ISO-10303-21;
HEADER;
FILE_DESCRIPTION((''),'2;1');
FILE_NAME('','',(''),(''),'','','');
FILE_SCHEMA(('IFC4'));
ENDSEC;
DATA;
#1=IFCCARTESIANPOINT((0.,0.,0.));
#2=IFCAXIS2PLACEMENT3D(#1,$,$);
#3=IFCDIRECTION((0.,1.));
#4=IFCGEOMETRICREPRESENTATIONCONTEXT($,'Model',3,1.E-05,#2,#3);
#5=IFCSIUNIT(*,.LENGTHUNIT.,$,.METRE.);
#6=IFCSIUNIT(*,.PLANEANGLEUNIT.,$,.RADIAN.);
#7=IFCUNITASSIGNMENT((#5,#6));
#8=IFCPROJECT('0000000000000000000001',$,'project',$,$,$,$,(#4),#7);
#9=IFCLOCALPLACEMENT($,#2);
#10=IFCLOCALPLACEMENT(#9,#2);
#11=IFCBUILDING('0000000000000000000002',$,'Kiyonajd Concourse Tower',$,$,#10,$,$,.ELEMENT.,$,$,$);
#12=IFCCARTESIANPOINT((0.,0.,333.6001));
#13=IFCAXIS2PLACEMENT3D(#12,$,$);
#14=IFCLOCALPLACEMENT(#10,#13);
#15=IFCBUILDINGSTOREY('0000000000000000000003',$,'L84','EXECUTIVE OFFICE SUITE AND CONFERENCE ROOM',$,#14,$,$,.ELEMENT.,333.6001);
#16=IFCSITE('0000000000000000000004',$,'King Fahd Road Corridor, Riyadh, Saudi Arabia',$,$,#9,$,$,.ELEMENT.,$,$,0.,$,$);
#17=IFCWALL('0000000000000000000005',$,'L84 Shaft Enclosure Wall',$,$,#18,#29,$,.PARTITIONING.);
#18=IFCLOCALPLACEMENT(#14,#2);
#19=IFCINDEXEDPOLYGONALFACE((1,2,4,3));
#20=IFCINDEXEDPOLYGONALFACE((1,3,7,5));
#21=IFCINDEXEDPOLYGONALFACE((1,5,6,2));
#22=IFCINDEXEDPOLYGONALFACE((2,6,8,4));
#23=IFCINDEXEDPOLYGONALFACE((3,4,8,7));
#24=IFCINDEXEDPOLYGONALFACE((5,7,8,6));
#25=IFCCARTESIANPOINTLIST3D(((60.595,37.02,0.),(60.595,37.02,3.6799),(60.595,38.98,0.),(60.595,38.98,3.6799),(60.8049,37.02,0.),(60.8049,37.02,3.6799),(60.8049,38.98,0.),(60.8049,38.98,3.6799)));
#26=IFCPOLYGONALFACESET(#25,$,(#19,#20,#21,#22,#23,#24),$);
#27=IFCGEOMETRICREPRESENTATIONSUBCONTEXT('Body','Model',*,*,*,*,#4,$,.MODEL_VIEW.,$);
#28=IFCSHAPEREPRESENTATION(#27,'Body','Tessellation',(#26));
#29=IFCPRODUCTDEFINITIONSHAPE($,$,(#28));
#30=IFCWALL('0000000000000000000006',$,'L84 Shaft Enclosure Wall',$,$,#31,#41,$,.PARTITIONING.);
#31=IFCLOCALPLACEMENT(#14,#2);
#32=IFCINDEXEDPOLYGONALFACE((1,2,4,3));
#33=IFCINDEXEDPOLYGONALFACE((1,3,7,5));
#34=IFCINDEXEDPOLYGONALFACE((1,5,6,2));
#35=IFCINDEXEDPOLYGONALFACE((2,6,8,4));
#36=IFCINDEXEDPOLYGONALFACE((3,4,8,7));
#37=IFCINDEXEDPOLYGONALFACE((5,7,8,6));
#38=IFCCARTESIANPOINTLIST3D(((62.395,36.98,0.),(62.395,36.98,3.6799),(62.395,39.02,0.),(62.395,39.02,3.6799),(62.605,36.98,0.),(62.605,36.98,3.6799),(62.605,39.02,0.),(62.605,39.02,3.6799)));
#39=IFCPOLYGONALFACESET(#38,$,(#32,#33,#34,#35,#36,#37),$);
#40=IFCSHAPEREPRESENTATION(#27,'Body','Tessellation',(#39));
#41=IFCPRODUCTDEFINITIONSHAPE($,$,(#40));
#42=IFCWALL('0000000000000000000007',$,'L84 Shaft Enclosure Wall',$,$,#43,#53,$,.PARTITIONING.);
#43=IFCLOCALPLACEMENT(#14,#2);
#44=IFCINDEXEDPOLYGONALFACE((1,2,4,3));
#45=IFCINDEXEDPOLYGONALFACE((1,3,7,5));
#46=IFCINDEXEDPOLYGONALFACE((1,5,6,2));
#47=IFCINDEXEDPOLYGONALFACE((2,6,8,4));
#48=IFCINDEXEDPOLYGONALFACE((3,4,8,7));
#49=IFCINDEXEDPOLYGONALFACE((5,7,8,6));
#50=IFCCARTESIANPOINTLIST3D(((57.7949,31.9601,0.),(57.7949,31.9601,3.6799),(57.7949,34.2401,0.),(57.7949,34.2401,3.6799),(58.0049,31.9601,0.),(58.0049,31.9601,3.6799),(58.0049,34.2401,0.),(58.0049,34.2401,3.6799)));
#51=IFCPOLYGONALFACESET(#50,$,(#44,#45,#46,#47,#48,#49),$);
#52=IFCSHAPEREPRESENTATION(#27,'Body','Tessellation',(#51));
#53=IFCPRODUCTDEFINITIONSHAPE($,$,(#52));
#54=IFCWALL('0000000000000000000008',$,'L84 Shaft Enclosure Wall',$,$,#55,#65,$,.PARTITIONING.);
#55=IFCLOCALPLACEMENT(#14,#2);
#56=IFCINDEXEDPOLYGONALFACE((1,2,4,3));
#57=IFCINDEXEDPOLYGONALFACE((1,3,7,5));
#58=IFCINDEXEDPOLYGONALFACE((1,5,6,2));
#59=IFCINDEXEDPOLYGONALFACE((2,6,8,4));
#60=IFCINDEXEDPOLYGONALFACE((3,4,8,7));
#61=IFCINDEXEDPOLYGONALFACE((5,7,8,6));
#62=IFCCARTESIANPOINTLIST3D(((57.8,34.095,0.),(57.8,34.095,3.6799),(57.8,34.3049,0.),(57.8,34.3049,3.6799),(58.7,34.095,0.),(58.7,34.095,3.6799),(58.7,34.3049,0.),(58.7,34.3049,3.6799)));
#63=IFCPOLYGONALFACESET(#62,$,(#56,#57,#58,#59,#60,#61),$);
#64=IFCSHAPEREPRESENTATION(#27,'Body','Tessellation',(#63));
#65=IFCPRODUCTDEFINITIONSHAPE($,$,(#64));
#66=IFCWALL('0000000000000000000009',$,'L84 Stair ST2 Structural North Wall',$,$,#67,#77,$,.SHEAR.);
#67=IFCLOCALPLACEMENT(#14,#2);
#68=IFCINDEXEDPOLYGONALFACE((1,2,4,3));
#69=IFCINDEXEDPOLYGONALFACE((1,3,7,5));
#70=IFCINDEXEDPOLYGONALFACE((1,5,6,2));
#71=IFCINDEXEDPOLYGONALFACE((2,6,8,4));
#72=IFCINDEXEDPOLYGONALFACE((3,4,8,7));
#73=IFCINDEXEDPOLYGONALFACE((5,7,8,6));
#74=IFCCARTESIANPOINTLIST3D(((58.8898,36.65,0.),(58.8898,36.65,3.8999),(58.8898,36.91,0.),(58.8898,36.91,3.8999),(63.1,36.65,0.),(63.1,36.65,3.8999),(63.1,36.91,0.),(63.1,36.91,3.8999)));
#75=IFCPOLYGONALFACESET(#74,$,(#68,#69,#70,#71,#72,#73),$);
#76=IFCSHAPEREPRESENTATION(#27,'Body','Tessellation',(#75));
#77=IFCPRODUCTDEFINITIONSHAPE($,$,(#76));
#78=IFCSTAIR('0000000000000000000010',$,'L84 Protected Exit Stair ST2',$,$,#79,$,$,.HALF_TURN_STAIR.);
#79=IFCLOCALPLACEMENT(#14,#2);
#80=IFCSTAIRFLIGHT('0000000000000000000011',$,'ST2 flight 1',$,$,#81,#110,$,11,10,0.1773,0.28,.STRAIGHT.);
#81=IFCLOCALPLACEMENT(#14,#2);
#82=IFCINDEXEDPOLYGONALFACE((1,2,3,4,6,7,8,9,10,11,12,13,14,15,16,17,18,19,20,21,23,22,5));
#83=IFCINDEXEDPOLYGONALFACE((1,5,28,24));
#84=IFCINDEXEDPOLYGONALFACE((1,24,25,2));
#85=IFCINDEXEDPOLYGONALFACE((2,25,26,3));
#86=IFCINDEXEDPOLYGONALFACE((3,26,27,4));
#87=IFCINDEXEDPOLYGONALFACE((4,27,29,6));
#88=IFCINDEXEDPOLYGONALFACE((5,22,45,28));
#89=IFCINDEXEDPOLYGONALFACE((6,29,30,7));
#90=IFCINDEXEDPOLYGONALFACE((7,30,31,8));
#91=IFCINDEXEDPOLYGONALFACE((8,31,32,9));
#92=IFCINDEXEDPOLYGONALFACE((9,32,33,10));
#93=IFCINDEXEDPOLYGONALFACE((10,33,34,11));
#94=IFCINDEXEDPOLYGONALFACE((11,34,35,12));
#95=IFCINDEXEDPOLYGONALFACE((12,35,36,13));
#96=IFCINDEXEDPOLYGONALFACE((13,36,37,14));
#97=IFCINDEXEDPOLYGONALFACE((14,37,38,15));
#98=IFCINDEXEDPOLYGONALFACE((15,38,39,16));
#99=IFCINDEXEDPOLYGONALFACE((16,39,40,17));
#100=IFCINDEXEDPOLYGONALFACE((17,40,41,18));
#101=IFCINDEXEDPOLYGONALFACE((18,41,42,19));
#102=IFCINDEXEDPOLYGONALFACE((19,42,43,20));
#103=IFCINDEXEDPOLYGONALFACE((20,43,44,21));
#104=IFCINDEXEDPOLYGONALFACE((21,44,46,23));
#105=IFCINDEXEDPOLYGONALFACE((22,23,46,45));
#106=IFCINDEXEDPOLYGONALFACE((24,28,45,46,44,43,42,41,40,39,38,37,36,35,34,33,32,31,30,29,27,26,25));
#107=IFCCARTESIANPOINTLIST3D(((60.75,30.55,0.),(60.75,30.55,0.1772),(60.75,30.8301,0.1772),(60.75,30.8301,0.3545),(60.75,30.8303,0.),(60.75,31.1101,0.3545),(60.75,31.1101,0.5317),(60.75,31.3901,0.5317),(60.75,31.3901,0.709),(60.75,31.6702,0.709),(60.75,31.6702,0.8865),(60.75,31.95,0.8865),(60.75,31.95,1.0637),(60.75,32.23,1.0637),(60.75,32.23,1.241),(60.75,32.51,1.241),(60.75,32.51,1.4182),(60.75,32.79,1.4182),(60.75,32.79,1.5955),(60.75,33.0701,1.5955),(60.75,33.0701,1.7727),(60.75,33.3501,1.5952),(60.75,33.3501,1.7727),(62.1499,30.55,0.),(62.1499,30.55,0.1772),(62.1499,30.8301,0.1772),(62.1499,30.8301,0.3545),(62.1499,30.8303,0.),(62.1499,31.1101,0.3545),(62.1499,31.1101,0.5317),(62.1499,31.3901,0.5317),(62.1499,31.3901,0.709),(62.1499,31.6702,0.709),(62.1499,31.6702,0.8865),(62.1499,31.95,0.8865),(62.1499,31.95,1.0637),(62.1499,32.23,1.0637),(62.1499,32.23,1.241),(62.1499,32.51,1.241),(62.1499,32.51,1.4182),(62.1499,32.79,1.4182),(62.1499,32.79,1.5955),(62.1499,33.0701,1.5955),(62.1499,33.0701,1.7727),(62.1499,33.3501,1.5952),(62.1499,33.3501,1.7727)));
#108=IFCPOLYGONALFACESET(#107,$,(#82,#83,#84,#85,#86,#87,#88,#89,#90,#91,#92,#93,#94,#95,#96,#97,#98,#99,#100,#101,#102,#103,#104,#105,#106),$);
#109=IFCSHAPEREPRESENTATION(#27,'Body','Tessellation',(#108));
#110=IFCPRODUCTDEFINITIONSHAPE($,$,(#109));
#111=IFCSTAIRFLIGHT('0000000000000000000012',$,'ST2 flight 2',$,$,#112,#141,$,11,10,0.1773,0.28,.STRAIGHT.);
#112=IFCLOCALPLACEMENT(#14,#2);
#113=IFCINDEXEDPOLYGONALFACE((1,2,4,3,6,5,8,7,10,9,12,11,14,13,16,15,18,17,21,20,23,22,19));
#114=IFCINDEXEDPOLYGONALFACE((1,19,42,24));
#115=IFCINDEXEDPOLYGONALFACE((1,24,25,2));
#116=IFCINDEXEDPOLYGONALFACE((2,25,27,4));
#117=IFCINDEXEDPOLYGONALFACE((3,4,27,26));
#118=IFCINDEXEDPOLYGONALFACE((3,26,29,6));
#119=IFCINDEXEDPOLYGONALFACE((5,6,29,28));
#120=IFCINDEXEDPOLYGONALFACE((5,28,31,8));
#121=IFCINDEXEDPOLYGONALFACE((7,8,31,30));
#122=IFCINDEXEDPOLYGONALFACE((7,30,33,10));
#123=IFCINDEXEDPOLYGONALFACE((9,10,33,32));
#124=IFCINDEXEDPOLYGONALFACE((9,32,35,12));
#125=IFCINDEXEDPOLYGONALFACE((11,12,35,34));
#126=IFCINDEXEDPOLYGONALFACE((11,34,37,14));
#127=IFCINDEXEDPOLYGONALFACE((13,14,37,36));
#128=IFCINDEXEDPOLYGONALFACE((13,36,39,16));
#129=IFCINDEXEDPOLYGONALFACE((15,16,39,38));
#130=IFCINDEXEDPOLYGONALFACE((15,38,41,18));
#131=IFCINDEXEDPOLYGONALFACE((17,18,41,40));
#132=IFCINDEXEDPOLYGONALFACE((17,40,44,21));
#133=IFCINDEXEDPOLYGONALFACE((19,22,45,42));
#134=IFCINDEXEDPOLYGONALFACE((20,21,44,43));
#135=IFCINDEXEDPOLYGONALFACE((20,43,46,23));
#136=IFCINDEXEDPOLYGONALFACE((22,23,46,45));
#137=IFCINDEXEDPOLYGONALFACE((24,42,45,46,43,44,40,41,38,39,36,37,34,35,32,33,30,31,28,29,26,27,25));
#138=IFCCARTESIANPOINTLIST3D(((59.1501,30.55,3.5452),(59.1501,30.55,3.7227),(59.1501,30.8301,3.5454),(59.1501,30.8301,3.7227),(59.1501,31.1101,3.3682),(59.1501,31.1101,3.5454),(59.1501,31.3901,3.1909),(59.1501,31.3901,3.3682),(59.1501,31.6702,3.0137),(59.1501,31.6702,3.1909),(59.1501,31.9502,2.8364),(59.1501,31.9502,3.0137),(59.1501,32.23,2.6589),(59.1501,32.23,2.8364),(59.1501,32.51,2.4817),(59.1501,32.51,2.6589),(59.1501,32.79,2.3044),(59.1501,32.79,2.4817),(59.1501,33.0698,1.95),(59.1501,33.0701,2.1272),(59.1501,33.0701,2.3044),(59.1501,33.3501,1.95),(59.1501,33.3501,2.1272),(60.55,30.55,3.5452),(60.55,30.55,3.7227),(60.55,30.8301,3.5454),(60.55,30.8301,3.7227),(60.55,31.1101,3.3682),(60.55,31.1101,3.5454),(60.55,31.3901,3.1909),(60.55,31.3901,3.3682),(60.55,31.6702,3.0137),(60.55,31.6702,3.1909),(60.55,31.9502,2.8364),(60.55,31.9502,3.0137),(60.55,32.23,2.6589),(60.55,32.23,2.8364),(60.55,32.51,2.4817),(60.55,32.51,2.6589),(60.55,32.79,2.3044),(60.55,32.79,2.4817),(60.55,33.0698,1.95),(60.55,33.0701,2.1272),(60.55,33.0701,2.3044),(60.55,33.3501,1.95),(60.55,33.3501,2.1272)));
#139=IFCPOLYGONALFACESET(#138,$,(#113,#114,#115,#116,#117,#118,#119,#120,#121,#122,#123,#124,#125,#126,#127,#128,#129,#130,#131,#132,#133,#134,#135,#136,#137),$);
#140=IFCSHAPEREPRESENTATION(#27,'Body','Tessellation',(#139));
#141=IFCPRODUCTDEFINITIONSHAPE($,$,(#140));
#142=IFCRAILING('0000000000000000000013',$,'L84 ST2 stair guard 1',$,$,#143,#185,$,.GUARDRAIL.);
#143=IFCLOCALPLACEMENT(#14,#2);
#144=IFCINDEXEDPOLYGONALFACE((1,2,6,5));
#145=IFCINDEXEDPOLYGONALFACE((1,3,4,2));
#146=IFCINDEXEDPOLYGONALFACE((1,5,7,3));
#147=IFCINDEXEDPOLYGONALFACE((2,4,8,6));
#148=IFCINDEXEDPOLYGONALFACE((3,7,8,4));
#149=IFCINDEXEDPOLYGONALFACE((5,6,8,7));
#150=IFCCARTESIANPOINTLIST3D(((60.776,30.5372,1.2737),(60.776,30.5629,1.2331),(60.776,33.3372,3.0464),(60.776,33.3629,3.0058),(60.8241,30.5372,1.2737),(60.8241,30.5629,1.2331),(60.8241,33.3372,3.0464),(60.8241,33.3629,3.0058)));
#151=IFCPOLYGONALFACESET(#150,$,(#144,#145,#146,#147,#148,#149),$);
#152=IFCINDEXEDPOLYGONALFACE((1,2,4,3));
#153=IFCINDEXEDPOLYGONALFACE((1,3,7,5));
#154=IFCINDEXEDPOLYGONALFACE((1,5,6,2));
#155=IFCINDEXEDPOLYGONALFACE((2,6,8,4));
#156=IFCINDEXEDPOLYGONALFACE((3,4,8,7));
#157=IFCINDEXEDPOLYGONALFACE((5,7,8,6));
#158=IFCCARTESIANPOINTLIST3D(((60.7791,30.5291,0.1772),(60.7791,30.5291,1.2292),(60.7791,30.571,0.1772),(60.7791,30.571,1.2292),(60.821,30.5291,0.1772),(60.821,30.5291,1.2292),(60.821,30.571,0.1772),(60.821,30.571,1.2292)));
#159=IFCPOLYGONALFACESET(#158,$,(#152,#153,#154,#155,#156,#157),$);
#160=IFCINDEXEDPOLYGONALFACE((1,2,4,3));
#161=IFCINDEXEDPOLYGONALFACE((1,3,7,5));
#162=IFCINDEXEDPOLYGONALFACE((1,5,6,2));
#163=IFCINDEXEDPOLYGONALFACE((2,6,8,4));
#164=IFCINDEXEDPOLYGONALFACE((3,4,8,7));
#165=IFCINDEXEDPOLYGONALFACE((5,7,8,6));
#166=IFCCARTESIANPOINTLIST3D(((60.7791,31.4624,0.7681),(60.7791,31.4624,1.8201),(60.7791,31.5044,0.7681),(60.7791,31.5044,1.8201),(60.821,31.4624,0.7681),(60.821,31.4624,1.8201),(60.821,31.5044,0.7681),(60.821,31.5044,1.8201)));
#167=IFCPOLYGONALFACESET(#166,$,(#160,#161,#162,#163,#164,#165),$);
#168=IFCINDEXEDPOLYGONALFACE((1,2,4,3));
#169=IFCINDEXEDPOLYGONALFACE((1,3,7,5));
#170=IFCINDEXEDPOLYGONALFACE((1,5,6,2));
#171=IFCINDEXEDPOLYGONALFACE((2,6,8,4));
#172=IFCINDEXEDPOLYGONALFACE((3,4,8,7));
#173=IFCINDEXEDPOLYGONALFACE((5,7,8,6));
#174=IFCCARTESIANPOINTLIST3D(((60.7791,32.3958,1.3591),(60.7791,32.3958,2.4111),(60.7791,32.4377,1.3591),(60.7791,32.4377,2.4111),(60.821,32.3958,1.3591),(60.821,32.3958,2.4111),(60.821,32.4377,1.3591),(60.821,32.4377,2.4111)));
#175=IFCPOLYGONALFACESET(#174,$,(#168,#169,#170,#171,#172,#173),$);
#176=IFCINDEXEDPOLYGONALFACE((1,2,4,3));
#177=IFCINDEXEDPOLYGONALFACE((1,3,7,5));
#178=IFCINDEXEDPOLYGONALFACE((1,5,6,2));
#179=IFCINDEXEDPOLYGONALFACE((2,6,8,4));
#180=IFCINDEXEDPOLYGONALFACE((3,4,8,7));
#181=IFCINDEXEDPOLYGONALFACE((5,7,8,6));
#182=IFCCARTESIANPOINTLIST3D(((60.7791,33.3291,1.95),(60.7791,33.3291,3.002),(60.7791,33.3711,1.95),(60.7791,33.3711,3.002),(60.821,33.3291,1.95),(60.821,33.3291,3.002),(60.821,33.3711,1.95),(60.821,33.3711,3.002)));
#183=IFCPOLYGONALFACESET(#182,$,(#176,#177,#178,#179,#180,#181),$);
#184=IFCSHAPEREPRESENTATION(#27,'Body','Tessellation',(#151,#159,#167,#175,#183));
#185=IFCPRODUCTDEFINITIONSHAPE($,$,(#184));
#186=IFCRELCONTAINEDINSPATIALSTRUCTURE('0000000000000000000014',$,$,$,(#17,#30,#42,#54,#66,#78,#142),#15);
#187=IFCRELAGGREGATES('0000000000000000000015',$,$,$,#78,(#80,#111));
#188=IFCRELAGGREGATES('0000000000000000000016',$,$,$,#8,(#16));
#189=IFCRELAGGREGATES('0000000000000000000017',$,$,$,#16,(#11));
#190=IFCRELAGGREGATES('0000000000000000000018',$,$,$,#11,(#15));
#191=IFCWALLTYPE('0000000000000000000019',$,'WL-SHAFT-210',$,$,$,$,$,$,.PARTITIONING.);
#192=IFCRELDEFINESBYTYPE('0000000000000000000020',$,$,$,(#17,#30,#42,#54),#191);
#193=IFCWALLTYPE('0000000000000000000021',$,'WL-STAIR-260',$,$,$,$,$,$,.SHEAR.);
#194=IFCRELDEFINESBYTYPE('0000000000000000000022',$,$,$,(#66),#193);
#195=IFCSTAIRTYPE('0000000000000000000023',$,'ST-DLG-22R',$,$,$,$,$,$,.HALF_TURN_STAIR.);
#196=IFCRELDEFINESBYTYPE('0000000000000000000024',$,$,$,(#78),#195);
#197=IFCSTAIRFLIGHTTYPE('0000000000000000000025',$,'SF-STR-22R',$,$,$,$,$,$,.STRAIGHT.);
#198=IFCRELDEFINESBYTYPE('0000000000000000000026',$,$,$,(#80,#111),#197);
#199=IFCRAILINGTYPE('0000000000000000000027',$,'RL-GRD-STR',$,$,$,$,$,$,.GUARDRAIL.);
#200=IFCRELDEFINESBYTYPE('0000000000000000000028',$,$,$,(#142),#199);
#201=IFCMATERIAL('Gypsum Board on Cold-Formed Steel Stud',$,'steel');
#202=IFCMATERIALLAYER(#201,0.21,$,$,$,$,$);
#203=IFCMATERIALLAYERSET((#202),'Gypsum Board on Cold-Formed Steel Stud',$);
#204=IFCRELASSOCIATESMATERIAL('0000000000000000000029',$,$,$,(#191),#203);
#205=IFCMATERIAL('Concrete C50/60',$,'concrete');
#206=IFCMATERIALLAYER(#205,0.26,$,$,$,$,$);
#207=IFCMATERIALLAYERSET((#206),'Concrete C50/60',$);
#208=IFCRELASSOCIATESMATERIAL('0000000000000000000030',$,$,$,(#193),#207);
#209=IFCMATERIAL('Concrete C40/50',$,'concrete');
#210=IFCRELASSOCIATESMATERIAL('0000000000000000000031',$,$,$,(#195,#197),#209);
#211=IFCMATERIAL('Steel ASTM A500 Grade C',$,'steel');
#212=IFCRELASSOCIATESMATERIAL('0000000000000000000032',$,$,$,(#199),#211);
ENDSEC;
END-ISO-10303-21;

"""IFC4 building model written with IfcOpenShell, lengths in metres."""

from ifc_helpers import new_model, si_unit, direction, frame, frame_2d, origin, origin_2d, place, context, subcontext, project, spatial, polyline, rectangle, outline, extrude, material, layer, layer_set, type_object, element, aggregate, save


model = new_model("IFC4")

# Units and contexts
model_context = context("Model", 3, precision=1e-05, world=origin(), true_north=direction((0.0, 1.0)))
body_context = subcontext(model_context, "Body", "Model", "MODEL_VIEW")
ifc_project = project(units=[si_unit("LENGTHUNIT", "METRE"), si_unit("PLANEANGLEUNIT", "RADIAN")], contexts=[model_context])

# Site, building, storey
site_placement = place(None, origin())
site = spatial("IfcSite", under=ifc_project, at=site_placement, Name="King Fahd Road Corridor, Riyadh, Saudi Arabia", CompositionType="ELEMENT", RefElevation=0.0)
building_placement = place(site_placement, origin())
building = spatial("IfcBuilding", under=site, at=building_placement, Name="Kiyonajd Concourse Tower", CompositionType="ELEMENT")
storey_placement = place(building_placement, frame((0.0, 0.0, 333.6001)))
storey = spatial("IfcBuildingStorey", under=building, at=storey_placement, Name="L84", Description="EXECUTIVE OFFICE SUITE AND CONFERENCE ROOM", CompositionType="ELEMENT", Elevation=333.6001)

# Shared definitions
ifc_material_1 = material(Name="Concrete C50/60", Category="concrete")

# Walls
ifc_material_2 = material(Name="Gypsum Board on Cold-Formed Steel Stud", Category="steel")
ifc_layer_1 = layer(ifc_material_2, 0.21)
ifc_layer_set_1 = layer_set([ifc_layer_1], Name="Gypsum Board on Cold-Formed Steel Stud")
wall_type_1 = type_object("IfcWallType", Name="WL-SHAFT-210", PredefinedType="PARTITIONING", material=ifc_layer_set_1)
wall_1_placement = place(storey_placement, frame((60.7, 37.02, 0.0), z_axis=(0.0, 0.0, 1.0), x_axis=(0.0, 1.0, 0.0)))
element("IfcWall", 1, at=wall_1_placement, inside=storey, type_object=wall_type_1, Name="L84 Shaft Enclosure Wall", PredefinedType="PARTITIONING", context=body_context, shape_type="SweptSolid", body=[
    extrude(rectangle(XDim=1.96, YDim=0.21, at=frame_2d((0.98, 0.0))), origin(), (0.0, 0.0, 1.0), 3.6799),
])
wall_2_placement = place(storey_placement, frame((62.5, 36.98, 0.0), z_axis=(0.0, 0.0, 1.0), x_axis=(0.0, 1.0, 0.0)))
element("IfcWall", 2, at=wall_2_placement, inside=storey, type_object=wall_type_1, Name="L84 Shaft Enclosure Wall", PredefinedType="PARTITIONING", context=body_context, shape_type="SweptSolid", body=[
    extrude(rectangle(XDim=2.04, YDim=0.21, at=frame_2d((1.02, 0.0))), origin(), (0.0, 0.0, 1.0), 3.6799),
])
wall_3_placement = place(storey_placement, frame((57.8999, 31.96, 0.0), z_axis=(0.0, 0.0, 1.0), x_axis=(0.0, 1.0, 0.0)))
element("IfcWall", 3, at=wall_3_placement, inside=storey, type_object=wall_type_1, Name="L84 Shaft Enclosure Wall", PredefinedType="PARTITIONING", context=body_context, shape_type="SweptSolid", body=[
    extrude(rectangle(XDim=2.28, YDim=0.21, at=frame_2d((1.1401, 0.0))), origin(), (0.0, 0.0, 1.0), 3.6799),
])
wall_4_placement = place(storey_placement, frame((57.8, 34.2, 0.0), z_axis=(0.0, 0.0, 1.0), x_axis=(1.0, 0.0, 0.0)))
element("IfcWall", 4, at=wall_4_placement, inside=storey, type_object=wall_type_1, Name="L84 Shaft Enclosure Wall", PredefinedType="PARTITIONING", context=body_context, shape_type="SweptSolid", body=[
    extrude(rectangle(XDim=0.8999, YDim=0.21, at=frame_2d((0.45, 0.0))), origin(), (0.0, 0.0, 1.0), 3.6799),
])
ifc_layer_2 = layer(ifc_material_1, 0.26)
ifc_layer_set_2 = layer_set([ifc_layer_2], Name="Concrete C50/60")
wall_type_2 = type_object("IfcWallType", Name="WL-STAIR-260", PredefinedType="SHEAR", material=ifc_layer_set_2)
wall_5_placement = place(storey_placement, frame((58.8899, 36.78, 0.0), z_axis=(0.0, 0.0, 1.0), x_axis=(1.0, 0.0, 0.0)))
element("IfcWall", 5, at=wall_5_placement, inside=storey, type_object=wall_type_2, Name="L84 Stair ST2 Structural North Wall", PredefinedType="SHEAR", context=body_context, shape_type="SweptSolid", body=[
    extrude(rectangle(XDim=4.2102, YDim=0.26, at=frame_2d((2.105, 0.0))), origin(), (0.0, 0.0, 1.0), 3.8999),
])

# Stair, stair flights
ifc_material_3 = material(Name="Concrete C40/50", Category="concrete")
stair_type = type_object("IfcStairType", Name="ST-DLG-22R", PredefinedType="HALF_TURN_STAIR", material=ifc_material_3)
stair_placement = place(storey_placement, origin())
stair = element("IfcStair", 6, at=stair_placement, inside=storey, type_object=stair_type, Name="L84 Protected Exit Stair ST2", PredefinedType="HALF_TURN_STAIR")
stair_flight_type = type_object("IfcStairFlightType", Name="SF-STR-22R", PredefinedType="STRAIGHT", material=ifc_material_3)
stair_flight_1_placement = place(storey_placement, frame((61.45, 30.55, 0.0), z_axis=(0.0, 0.0, 1.0), x_axis=(0.0, 1.0, 0.0)))
stair_flight_1 = element("IfcStairFlight", 7, at=stair_flight_1_placement, type_object=stair_flight_type, Name="ST2 flight 1", NumberOfRisers=11, NumberOfTreads=10, PredefinedType="STRAIGHT", RiserHeight=0.1773, TreadLength=0.28, context=body_context, shape_type="SweptSolid", body=[
    extrude(outline(polyline([(0.0, 0.0), (0.0, 0.1772), (0.28, 0.1772), (0.28, 0.3545), (0.5601, 0.3545), (0.5601, 0.5317), (0.8401, 0.5317), (0.8401, 0.709), (1.1201, 0.709), (1.1201, 0.8865), (1.3999, 0.8865), (1.3999, 1.0637), (1.6799, 1.0637), (1.6799, 1.241), (1.96, 1.241), (1.96, 1.4182), (2.24, 1.4182), (2.24, 1.5955), (2.52, 1.5955), (2.52, 1.7727), (2.8, 1.7727), (2.8, 1.95), (2.8, 1.5952), (0.2803, 0.0), (0.0, 0.0)])), frame((0.0, 0.7, 0.0), z_axis=(0.0, -1.0, 0.0), x_axis=(1.0, 0.0, 0.0)), (0.0, 0.0, 1.0), 1.3999),
])
stair_flight_2_placement = place(storey_placement, frame((59.8501, 33.3501, 1.95), z_axis=(0.0, 0.0, 1.0), x_axis=(0.0, -1.0, 0.0)))
stair_flight_2 = element("IfcStairFlight", 8, at=stair_flight_2_placement, type_object=stair_flight_type, Name="ST2 flight 2", NumberOfRisers=11, NumberOfTreads=10, PredefinedType="STRAIGHT", RiserHeight=0.1773, TreadLength=0.28, context=body_context, shape_type="SweptSolid", body=[
    extrude(outline(polyline([(0.0, 0.0), (0.0, 0.1772), (0.28, 0.1772), (0.28, 0.3545), (0.5601, 0.3545), (0.5601, 0.5317), (0.8401, 0.5317), (0.8401, 0.709), (1.1201, 0.709), (1.1201, 0.8865), (1.3999, 0.8865), (1.3999, 1.0637), (1.6799, 1.0637), (1.6799, 1.241), (1.96, 1.241), (1.96, 1.4182), (2.24, 1.4182), (2.24, 1.5955), (2.52, 1.5955), (2.52, 1.7727), (2.8, 1.7727), (2.8, 1.95), (2.8, 1.5952), (0.2803, 0.0), (0.0, 0.0)])), frame((0.0, 0.7, 0.0), z_axis=(0.0, -1.0, 0.0), x_axis=(1.0, 0.0, 0.0)), (0.0, 0.0, 1.0), 1.3999),
])
aggregate(stair, [stair_flight_1, stair_flight_2])

# Railing
ifc_material_4 = material(Name="Steel ASTM A500 Grade C", Category="steel")
railing_type_1 = type_object("IfcRailingType", Name="RL-GRD-STR", PredefinedType="GUARDRAIL", material=ifc_material_4)
railing_1_placement = place(storey_placement, frame((60.8, 30.55, 0.1772)))
element("IfcRailing", 9, at=railing_1_placement, inside=storey, type_object=railing_type_1, Name="L84 ST2 stair guard 1", PredefinedType="GUARDRAIL", context=body_context, shape_type="SweptSolid", body=[
    extrude(rectangle(XDim=0.0481, YDim=0.0481, at=origin_2d()), frame((0.0, 0.0, 1.0762), z_axis=(0.0, 0.844909, 0.53491), x_axis=(-1.0, 0.0, 0.0)), (0.0, 0.0, 1.0), 3.314),
    extrude(rectangle(XDim=0.042, YDim=0.042, at=origin_2d()), origin(), (0.0, 0.0, 1.0), 1.052),
    extrude(rectangle(XDim=0.042, YDim=0.042, at=origin_2d()), frame((0.0, 0.9333, 0.5908)), (0.0, 0.0, 1.0), 1.052),
    extrude(rectangle(XDim=0.042, YDim=0.042, at=origin_2d()), frame((0.0, 1.8667, 1.1819)), (0.0, 0.0, 1.0), 1.052),
    extrude(rectangle(XDim=0.042, YDim=0.042, at=origin_2d()), frame((0.0, 2.8, 1.7727)), (0.0, 0.0, 1.0), 1.052),
])

save(model, "model.ifc")
